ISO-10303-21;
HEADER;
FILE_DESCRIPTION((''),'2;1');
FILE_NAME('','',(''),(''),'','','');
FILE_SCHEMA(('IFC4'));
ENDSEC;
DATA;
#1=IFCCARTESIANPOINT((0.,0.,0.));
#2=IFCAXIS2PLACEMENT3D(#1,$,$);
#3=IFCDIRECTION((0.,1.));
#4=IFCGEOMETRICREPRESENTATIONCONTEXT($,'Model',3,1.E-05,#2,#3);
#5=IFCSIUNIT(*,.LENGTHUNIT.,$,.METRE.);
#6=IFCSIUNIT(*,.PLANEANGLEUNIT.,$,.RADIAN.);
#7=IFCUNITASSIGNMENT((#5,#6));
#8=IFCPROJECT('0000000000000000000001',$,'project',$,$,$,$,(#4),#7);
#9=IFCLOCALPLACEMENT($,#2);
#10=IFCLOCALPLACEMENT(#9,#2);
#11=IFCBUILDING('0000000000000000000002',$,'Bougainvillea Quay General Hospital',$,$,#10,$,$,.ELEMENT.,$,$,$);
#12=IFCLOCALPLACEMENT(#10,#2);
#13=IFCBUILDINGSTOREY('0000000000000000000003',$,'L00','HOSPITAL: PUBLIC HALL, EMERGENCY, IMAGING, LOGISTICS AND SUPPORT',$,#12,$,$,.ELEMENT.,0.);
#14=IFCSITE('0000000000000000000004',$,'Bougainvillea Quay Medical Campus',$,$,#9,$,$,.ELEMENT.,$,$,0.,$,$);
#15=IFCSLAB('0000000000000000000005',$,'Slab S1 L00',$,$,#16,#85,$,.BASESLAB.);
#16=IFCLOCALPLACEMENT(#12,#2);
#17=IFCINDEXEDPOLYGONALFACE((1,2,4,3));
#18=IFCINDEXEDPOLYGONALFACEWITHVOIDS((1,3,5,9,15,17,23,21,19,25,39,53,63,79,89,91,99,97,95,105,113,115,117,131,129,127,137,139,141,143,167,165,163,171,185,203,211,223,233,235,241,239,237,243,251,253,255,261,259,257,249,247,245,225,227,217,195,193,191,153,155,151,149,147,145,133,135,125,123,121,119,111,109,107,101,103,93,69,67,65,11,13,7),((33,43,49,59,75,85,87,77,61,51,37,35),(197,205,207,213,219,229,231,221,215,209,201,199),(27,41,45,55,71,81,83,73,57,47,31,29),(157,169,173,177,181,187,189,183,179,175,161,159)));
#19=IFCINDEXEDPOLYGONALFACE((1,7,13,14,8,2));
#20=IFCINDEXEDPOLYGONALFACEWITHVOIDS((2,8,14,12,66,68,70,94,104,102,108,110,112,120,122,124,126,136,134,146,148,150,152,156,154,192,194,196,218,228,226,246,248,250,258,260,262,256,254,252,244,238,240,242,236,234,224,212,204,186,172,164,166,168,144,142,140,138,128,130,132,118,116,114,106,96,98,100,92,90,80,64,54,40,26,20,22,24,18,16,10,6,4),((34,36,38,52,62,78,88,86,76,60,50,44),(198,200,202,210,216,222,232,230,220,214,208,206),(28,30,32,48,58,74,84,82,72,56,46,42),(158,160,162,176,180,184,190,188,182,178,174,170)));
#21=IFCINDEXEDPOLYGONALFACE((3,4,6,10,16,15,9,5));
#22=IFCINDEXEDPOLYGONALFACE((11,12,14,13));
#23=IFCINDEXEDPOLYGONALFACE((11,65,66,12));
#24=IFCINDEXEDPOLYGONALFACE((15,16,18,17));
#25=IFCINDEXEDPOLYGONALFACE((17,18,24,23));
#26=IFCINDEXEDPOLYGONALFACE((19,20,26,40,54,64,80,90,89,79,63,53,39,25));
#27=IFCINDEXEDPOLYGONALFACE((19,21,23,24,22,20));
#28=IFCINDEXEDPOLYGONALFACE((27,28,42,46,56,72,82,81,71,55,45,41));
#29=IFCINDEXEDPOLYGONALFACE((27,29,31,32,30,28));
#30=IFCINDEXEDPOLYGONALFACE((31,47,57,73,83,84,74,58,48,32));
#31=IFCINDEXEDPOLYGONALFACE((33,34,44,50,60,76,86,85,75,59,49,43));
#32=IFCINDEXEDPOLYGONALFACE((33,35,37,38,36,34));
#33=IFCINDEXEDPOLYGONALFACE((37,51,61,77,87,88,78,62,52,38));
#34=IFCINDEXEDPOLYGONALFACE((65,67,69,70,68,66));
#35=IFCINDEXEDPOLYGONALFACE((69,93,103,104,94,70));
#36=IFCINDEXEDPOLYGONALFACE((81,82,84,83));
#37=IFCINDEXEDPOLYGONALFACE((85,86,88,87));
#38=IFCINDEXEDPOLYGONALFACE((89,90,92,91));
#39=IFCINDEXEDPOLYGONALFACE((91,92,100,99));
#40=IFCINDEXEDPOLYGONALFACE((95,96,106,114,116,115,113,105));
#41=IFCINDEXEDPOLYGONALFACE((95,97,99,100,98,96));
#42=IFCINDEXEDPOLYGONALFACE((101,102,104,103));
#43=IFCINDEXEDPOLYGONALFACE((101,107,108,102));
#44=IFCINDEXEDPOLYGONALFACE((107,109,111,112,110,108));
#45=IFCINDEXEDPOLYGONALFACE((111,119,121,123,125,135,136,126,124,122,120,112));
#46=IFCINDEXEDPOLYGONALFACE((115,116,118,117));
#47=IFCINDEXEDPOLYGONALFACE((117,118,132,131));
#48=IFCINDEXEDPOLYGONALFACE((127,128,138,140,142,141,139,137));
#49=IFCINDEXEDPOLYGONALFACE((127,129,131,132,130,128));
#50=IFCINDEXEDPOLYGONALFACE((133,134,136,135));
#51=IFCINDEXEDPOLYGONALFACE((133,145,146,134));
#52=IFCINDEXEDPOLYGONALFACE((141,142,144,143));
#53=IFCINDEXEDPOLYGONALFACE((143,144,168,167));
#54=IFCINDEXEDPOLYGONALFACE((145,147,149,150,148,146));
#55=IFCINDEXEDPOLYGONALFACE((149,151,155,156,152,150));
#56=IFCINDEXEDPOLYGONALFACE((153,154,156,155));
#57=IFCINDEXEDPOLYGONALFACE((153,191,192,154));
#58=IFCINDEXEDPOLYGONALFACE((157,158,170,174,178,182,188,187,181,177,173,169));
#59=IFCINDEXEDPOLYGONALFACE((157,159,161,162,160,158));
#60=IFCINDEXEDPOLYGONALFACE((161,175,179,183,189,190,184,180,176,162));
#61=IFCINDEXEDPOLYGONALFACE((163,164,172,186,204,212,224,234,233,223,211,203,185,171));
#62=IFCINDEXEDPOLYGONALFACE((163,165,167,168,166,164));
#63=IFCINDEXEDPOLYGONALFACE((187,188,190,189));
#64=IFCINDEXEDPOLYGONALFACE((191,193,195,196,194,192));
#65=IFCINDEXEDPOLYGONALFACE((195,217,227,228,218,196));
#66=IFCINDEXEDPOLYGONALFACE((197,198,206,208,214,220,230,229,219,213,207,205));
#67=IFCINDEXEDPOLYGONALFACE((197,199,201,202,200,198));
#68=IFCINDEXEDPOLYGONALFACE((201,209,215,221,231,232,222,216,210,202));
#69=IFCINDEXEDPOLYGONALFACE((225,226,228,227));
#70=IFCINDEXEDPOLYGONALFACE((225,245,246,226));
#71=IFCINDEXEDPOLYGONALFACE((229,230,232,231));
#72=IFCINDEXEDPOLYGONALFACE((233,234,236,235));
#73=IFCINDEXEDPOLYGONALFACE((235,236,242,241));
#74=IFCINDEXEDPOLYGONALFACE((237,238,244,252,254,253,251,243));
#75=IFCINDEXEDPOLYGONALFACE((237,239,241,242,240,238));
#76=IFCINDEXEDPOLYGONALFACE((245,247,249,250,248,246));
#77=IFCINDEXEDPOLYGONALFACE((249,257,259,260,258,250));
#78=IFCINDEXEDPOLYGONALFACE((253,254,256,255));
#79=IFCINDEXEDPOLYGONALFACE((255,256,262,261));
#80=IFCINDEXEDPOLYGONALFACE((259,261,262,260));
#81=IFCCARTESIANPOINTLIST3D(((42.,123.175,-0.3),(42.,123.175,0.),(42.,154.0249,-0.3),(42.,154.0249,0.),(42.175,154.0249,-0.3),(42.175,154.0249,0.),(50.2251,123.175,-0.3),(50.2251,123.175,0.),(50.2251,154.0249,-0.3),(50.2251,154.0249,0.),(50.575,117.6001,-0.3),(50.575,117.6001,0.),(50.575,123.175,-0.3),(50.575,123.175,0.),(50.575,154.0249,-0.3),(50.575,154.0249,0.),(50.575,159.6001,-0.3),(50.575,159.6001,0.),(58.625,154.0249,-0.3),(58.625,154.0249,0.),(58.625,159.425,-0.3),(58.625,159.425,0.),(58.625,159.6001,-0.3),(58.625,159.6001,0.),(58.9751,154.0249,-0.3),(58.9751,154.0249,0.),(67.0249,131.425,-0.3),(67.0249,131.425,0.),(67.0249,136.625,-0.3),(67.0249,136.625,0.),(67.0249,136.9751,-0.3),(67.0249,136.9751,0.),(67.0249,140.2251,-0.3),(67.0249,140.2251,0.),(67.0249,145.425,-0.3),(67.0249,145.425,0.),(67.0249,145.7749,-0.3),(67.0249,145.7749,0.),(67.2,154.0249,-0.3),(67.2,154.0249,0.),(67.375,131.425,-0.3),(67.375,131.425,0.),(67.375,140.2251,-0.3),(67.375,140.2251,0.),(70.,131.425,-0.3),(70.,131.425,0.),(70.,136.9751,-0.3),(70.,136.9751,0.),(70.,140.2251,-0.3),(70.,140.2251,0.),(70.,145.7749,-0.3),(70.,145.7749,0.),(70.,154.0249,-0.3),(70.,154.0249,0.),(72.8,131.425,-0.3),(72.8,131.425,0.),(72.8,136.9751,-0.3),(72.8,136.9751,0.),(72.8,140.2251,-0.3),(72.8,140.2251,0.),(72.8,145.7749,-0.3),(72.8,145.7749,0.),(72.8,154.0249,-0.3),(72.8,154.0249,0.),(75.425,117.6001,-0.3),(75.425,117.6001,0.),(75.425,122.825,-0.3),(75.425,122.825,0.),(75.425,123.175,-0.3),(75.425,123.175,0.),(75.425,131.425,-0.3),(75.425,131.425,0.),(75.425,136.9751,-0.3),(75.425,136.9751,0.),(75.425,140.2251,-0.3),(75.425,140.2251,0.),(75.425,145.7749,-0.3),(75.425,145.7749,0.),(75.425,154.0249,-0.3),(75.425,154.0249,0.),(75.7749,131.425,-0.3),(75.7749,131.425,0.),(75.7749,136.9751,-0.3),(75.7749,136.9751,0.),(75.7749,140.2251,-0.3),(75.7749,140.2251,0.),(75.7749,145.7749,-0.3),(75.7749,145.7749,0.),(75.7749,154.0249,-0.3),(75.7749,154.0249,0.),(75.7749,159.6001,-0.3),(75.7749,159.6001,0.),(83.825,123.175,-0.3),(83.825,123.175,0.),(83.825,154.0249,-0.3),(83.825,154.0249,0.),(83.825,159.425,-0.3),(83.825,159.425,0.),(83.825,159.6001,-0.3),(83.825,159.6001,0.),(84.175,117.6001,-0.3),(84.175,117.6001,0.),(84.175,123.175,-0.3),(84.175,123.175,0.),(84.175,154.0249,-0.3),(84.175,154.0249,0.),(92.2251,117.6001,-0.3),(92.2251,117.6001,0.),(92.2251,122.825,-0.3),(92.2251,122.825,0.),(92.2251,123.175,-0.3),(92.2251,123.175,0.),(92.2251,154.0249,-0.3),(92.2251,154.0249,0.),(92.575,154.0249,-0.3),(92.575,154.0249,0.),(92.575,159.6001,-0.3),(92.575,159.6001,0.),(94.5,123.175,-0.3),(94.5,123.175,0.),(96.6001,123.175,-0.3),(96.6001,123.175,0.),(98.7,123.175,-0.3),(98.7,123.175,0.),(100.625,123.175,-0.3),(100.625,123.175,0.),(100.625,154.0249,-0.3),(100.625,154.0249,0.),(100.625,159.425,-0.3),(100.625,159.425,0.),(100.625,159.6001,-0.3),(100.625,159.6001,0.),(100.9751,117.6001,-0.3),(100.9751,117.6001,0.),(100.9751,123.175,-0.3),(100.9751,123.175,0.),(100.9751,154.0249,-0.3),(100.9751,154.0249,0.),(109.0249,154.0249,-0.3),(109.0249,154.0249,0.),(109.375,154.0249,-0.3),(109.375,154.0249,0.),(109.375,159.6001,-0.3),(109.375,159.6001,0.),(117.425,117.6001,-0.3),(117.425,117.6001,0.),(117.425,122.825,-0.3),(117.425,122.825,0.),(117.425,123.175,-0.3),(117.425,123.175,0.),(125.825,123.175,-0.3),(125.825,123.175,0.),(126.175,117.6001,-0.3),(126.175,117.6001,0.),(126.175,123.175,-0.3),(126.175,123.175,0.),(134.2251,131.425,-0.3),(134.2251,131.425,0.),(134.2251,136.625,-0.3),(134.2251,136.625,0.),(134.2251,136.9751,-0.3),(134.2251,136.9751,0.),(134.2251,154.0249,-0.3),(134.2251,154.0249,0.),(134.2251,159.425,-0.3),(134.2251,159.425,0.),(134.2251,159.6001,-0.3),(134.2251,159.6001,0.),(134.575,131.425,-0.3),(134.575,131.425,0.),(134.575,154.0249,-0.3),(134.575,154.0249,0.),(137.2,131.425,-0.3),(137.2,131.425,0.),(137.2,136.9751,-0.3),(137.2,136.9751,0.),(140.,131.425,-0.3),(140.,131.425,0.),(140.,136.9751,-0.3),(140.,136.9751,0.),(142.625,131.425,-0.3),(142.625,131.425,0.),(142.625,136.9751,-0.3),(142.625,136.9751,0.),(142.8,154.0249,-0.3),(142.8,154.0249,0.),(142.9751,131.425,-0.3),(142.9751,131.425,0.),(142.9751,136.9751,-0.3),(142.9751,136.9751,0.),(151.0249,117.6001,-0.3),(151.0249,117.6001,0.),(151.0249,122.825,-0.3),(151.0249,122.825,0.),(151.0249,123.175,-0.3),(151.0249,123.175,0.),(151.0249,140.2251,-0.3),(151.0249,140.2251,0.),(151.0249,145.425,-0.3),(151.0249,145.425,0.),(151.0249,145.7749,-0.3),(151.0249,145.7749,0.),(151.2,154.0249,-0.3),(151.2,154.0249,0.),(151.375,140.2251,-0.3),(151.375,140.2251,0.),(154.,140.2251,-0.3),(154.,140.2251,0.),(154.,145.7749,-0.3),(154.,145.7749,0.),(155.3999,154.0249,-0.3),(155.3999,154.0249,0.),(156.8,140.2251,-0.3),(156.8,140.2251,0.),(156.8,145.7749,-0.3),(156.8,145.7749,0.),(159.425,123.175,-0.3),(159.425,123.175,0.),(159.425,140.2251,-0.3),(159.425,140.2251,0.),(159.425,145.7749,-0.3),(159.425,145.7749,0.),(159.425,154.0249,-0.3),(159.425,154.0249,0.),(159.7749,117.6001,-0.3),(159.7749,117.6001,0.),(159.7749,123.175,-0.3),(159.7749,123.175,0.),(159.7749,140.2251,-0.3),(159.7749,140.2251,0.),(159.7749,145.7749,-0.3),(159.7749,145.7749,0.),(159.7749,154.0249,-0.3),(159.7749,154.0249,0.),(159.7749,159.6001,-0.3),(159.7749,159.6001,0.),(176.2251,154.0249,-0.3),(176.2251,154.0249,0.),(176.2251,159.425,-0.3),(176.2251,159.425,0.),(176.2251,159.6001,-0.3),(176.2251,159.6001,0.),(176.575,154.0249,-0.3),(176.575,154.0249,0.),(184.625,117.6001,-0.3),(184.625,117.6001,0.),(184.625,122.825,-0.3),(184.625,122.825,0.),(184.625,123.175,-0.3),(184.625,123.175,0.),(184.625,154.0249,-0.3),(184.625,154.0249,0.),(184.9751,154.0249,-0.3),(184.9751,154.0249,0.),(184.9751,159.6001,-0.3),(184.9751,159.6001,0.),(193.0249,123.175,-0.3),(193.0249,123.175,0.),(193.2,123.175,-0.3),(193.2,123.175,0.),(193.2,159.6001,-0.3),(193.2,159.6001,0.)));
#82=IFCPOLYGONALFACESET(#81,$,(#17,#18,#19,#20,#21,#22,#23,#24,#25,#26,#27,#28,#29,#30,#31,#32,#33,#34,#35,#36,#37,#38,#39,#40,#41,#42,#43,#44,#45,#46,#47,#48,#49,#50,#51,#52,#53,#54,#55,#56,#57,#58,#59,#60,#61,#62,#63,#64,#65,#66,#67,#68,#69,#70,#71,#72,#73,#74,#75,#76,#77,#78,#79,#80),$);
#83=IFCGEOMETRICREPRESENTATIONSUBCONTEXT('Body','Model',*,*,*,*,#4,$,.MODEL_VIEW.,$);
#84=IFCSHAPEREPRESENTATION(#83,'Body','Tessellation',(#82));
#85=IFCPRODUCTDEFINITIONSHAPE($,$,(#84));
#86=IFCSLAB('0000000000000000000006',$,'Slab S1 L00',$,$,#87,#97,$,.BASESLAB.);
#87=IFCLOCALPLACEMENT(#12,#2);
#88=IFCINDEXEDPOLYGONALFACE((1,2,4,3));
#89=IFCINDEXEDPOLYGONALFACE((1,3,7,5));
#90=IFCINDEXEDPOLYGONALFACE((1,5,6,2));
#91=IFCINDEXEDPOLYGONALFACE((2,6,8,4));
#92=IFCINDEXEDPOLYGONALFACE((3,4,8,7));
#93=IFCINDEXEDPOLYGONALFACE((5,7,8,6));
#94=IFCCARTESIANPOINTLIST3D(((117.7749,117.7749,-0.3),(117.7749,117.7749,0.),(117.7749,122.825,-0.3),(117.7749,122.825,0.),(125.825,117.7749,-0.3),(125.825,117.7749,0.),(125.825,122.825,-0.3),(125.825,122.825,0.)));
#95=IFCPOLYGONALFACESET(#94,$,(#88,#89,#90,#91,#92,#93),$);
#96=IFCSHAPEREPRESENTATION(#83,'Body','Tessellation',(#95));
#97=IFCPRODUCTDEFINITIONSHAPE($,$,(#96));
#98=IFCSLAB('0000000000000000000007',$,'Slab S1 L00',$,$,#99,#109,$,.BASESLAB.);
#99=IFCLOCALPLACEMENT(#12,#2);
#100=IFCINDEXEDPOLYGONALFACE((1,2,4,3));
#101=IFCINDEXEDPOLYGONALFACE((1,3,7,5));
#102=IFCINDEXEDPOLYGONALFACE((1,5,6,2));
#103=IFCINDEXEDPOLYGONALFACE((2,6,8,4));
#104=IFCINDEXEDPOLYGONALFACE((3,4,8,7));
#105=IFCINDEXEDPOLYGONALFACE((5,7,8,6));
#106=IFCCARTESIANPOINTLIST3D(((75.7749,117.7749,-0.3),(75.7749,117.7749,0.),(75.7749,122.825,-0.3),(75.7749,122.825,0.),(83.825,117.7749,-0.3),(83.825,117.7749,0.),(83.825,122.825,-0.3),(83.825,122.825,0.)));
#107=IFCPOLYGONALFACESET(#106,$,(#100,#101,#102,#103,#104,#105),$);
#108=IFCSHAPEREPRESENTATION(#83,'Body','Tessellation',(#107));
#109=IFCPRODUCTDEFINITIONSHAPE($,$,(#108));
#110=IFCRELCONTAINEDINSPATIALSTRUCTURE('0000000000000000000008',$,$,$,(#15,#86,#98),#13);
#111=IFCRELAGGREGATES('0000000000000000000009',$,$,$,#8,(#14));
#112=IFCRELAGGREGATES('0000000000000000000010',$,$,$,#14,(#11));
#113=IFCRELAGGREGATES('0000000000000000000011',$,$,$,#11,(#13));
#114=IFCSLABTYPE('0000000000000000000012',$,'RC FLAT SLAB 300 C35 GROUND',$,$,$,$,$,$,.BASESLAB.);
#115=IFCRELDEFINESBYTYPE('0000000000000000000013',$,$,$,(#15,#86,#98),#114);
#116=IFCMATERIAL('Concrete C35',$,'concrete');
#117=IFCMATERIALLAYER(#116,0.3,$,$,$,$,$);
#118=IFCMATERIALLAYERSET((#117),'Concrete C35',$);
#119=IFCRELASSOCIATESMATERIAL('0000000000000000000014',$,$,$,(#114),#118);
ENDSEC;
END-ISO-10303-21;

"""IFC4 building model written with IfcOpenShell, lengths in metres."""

from ifc_helpers import new_model, si_unit, direction, frame, origin, place, context, subcontext, project, spatial, polyline, outline, extrude, material, layer, layer_set, type_object, element, save


model = new_model("IFC4")

# Units and contexts
model_context = context("Model", 3, precision=1e-05, world=origin(), true_north=direction((0.0, 1.0)))
body_context = subcontext(model_context, "Body", "Model", "MODEL_VIEW")
ifc_project = project(units=[si_unit("LENGTHUNIT", "METRE"), si_unit("PLANEANGLEUNIT", "RADIAN")], contexts=[model_context])

# Site, building, storey
site_placement = place(None, origin())
site = spatial("IfcSite", under=ifc_project, at=site_placement, Name="Bougainvillea Quay Medical Campus", CompositionType="ELEMENT", RefElevation=0.0)
building_placement = place(site_placement, origin())
building = spatial("IfcBuilding", under=site, at=building_placement, Name="Bougainvillea Quay General Hospital", CompositionType="ELEMENT")
storey_placement = place(building_placement, origin())
storey = spatial("IfcBuildingStorey", under=building, at=storey_placement, Name="L00", Description="HOSPITAL: PUBLIC HALL, EMERGENCY, IMAGING, LOGISTICS AND SUPPORT", CompositionType="ELEMENT", Elevation=0.0)

# Shared definitions
ifc_material = material(Name="Concrete C35", Category="concrete")

# Slabs
ifc_layer = layer(ifc_material, 0.3)
ifc_layer_set = layer_set([ifc_layer], Name="Concrete C35")
slab_type = type_object("IfcSlabType", Name="RC FLAT SLAB 300 C35 GROUND", PredefinedType="BASESLAB", material=ifc_layer_set)
slab_1_placement = place(storey_placement, frame((0.0, 0.0, -0.3)))
element("IfcSlab", 1, at=slab_1_placement, inside=storey, type_object=slab_type, Name="Slab S1 L00", PredefinedType="BASESLAB", context=body_context, shape_type="SweptSolid", body=[
    extrude(outline(polyline([(159.7749, 117.6001), (184.625, 117.6001), (184.625, 122.825), (184.625, 123.175), (193.0249, 123.175), (193.2, 123.175), (193.2, 159.6001), (184.9751, 159.6001), (184.9751, 154.0249), (184.625, 154.0249), (176.575, 154.0249), (176.2251, 154.0249), (176.2251, 159.425), (176.2251, 159.6001), (159.7749, 159.6001), (159.7749, 154.0249), (159.425, 154.0249), (155.3999, 154.0249), (151.2, 154.0249), (142.8, 154.0249), (134.575, 154.0249), (134.2251, 154.0249), (134.2251, 159.425), (134.2251, 159.6001), (109.375, 159.6001), (109.375, 154.0249), (109.0249, 154.0249), (100.9751, 154.0249), (100.625, 154.0249), (100.625, 159.425), (100.625, 159.6001), (92.575, 159.6001), (92.575, 154.0249), (92.2251, 154.0249), (84.175, 154.0249), (83.825, 154.0249), (83.825, 159.425), (83.825, 159.6001), (75.7749, 159.6001), (75.7749, 154.0249), (75.425, 154.0249), (72.8, 154.0249), (70.0, 154.0249), (67.2, 154.0249), (58.9751, 154.0249), (58.625, 154.0249), (58.625, 159.425), (58.625, 159.6001), (50.575, 159.6001), (50.575, 154.0249), (50.2251, 154.0249), (42.175, 154.0249), (42.0, 154.0249), (42.0, 123.175), (50.2251, 123.175), (50.575, 123.175), (50.575, 117.6001), (75.425, 117.6001), (75.425, 122.825), (75.425, 123.175), (83.825, 123.175), (84.175, 123.175), (84.175, 117.6001), (92.2251, 117.6001), (92.2251, 122.825), (92.2251, 123.175), (94.5, 123.175), (96.6001, 123.175), (98.7, 123.175), (100.625, 123.175), (100.9751, 123.175), (100.9751, 117.6001), (117.425, 117.6001), (117.425, 122.825), (117.425, 123.175), (125.825, 123.175), (126.175, 123.175), (126.175, 117.6001), (151.0249, 117.6001), (151.0249, 122.825), (151.0249, 123.175), (159.425, 123.175), (159.7749, 123.175), (159.7749, 117.6001)]), holes=[polyline([(159.7749, 145.7749), (159.7749, 140.2251), (159.425, 140.2251), (156.8, 140.2251), (154.0, 140.2251), (151.375, 140.2251), (151.0249, 140.2251), (151.0249, 145.425), (151.0249, 145.7749), (154.0, 145.7749), (156.8, 145.7749), (159.425, 145.7749), (159.7749, 145.7749)]), polyline([(142.9751, 131.425), (142.625, 131.425), (140.0, 131.425), (137.2, 131.425), (134.575, 131.425), (134.2251, 131.425), (134.2251, 136.625), (134.2251, 136.9751), (137.2, 136.9751), (140.0, 136.9751), (142.625, 136.9751), (142.9751, 136.9751), (142.9751, 131.425)]), polyline([(75.7749, 145.7749), (75.7749, 140.2251), (75.425, 140.2251), (72.8, 140.2251), (70.0, 140.2251), (67.375, 140.2251), (67.0249, 140.2251), (67.0249, 145.425), (67.0249, 145.7749), (70.0, 145.7749), (72.8, 145.7749), (75.425, 145.7749), (75.7749, 145.7749)]), polyline([(75.425, 136.9751), (75.7749, 136.9751), (75.7749, 131.425), (75.425, 131.425), (72.8, 131.425), (70.0, 131.425), (67.375, 131.425), (67.0249, 131.425), (67.0249, 136.625), (67.0249, 136.9751), (70.0, 136.9751), (72.8, 136.9751), (75.425, 136.9751)])]), origin(), (0.0, 0.0, 1.0), 0.3),
])
slab_2_placement = place(storey_placement, frame((0.0, 0.0, -0.3)))
element("IfcSlab", 2, at=slab_2_placement, inside=storey, type_object=slab_type, Name="Slab S1 L00", PredefinedType="BASESLAB", context=body_context, shape_type="SweptSolid", body=[
    extrude(outline(polyline([(117.7749, 122.825), (117.7749, 117.7749), (125.825, 117.7749), (125.825, 122.825), (117.7749, 122.825)])), origin(), (0.0, 0.0, 1.0), 0.3),
])
slab_3_placement = place(storey_placement, frame((0.0, 0.0, -0.3)))
element("IfcSlab", 3, at=slab_3_placement, inside=storey, type_object=slab_type, Name="Slab S1 L00", PredefinedType="BASESLAB", context=body_context, shape_type="SweptSolid", body=[
    extrude(outline(polyline([(75.7749, 122.825), (75.7749, 117.7749), (83.825, 117.7749), (83.825, 122.825), (75.7749, 122.825)])), origin(), (0.0, 0.0, 1.0), 0.3),
])

save(model, "model.ifc")
